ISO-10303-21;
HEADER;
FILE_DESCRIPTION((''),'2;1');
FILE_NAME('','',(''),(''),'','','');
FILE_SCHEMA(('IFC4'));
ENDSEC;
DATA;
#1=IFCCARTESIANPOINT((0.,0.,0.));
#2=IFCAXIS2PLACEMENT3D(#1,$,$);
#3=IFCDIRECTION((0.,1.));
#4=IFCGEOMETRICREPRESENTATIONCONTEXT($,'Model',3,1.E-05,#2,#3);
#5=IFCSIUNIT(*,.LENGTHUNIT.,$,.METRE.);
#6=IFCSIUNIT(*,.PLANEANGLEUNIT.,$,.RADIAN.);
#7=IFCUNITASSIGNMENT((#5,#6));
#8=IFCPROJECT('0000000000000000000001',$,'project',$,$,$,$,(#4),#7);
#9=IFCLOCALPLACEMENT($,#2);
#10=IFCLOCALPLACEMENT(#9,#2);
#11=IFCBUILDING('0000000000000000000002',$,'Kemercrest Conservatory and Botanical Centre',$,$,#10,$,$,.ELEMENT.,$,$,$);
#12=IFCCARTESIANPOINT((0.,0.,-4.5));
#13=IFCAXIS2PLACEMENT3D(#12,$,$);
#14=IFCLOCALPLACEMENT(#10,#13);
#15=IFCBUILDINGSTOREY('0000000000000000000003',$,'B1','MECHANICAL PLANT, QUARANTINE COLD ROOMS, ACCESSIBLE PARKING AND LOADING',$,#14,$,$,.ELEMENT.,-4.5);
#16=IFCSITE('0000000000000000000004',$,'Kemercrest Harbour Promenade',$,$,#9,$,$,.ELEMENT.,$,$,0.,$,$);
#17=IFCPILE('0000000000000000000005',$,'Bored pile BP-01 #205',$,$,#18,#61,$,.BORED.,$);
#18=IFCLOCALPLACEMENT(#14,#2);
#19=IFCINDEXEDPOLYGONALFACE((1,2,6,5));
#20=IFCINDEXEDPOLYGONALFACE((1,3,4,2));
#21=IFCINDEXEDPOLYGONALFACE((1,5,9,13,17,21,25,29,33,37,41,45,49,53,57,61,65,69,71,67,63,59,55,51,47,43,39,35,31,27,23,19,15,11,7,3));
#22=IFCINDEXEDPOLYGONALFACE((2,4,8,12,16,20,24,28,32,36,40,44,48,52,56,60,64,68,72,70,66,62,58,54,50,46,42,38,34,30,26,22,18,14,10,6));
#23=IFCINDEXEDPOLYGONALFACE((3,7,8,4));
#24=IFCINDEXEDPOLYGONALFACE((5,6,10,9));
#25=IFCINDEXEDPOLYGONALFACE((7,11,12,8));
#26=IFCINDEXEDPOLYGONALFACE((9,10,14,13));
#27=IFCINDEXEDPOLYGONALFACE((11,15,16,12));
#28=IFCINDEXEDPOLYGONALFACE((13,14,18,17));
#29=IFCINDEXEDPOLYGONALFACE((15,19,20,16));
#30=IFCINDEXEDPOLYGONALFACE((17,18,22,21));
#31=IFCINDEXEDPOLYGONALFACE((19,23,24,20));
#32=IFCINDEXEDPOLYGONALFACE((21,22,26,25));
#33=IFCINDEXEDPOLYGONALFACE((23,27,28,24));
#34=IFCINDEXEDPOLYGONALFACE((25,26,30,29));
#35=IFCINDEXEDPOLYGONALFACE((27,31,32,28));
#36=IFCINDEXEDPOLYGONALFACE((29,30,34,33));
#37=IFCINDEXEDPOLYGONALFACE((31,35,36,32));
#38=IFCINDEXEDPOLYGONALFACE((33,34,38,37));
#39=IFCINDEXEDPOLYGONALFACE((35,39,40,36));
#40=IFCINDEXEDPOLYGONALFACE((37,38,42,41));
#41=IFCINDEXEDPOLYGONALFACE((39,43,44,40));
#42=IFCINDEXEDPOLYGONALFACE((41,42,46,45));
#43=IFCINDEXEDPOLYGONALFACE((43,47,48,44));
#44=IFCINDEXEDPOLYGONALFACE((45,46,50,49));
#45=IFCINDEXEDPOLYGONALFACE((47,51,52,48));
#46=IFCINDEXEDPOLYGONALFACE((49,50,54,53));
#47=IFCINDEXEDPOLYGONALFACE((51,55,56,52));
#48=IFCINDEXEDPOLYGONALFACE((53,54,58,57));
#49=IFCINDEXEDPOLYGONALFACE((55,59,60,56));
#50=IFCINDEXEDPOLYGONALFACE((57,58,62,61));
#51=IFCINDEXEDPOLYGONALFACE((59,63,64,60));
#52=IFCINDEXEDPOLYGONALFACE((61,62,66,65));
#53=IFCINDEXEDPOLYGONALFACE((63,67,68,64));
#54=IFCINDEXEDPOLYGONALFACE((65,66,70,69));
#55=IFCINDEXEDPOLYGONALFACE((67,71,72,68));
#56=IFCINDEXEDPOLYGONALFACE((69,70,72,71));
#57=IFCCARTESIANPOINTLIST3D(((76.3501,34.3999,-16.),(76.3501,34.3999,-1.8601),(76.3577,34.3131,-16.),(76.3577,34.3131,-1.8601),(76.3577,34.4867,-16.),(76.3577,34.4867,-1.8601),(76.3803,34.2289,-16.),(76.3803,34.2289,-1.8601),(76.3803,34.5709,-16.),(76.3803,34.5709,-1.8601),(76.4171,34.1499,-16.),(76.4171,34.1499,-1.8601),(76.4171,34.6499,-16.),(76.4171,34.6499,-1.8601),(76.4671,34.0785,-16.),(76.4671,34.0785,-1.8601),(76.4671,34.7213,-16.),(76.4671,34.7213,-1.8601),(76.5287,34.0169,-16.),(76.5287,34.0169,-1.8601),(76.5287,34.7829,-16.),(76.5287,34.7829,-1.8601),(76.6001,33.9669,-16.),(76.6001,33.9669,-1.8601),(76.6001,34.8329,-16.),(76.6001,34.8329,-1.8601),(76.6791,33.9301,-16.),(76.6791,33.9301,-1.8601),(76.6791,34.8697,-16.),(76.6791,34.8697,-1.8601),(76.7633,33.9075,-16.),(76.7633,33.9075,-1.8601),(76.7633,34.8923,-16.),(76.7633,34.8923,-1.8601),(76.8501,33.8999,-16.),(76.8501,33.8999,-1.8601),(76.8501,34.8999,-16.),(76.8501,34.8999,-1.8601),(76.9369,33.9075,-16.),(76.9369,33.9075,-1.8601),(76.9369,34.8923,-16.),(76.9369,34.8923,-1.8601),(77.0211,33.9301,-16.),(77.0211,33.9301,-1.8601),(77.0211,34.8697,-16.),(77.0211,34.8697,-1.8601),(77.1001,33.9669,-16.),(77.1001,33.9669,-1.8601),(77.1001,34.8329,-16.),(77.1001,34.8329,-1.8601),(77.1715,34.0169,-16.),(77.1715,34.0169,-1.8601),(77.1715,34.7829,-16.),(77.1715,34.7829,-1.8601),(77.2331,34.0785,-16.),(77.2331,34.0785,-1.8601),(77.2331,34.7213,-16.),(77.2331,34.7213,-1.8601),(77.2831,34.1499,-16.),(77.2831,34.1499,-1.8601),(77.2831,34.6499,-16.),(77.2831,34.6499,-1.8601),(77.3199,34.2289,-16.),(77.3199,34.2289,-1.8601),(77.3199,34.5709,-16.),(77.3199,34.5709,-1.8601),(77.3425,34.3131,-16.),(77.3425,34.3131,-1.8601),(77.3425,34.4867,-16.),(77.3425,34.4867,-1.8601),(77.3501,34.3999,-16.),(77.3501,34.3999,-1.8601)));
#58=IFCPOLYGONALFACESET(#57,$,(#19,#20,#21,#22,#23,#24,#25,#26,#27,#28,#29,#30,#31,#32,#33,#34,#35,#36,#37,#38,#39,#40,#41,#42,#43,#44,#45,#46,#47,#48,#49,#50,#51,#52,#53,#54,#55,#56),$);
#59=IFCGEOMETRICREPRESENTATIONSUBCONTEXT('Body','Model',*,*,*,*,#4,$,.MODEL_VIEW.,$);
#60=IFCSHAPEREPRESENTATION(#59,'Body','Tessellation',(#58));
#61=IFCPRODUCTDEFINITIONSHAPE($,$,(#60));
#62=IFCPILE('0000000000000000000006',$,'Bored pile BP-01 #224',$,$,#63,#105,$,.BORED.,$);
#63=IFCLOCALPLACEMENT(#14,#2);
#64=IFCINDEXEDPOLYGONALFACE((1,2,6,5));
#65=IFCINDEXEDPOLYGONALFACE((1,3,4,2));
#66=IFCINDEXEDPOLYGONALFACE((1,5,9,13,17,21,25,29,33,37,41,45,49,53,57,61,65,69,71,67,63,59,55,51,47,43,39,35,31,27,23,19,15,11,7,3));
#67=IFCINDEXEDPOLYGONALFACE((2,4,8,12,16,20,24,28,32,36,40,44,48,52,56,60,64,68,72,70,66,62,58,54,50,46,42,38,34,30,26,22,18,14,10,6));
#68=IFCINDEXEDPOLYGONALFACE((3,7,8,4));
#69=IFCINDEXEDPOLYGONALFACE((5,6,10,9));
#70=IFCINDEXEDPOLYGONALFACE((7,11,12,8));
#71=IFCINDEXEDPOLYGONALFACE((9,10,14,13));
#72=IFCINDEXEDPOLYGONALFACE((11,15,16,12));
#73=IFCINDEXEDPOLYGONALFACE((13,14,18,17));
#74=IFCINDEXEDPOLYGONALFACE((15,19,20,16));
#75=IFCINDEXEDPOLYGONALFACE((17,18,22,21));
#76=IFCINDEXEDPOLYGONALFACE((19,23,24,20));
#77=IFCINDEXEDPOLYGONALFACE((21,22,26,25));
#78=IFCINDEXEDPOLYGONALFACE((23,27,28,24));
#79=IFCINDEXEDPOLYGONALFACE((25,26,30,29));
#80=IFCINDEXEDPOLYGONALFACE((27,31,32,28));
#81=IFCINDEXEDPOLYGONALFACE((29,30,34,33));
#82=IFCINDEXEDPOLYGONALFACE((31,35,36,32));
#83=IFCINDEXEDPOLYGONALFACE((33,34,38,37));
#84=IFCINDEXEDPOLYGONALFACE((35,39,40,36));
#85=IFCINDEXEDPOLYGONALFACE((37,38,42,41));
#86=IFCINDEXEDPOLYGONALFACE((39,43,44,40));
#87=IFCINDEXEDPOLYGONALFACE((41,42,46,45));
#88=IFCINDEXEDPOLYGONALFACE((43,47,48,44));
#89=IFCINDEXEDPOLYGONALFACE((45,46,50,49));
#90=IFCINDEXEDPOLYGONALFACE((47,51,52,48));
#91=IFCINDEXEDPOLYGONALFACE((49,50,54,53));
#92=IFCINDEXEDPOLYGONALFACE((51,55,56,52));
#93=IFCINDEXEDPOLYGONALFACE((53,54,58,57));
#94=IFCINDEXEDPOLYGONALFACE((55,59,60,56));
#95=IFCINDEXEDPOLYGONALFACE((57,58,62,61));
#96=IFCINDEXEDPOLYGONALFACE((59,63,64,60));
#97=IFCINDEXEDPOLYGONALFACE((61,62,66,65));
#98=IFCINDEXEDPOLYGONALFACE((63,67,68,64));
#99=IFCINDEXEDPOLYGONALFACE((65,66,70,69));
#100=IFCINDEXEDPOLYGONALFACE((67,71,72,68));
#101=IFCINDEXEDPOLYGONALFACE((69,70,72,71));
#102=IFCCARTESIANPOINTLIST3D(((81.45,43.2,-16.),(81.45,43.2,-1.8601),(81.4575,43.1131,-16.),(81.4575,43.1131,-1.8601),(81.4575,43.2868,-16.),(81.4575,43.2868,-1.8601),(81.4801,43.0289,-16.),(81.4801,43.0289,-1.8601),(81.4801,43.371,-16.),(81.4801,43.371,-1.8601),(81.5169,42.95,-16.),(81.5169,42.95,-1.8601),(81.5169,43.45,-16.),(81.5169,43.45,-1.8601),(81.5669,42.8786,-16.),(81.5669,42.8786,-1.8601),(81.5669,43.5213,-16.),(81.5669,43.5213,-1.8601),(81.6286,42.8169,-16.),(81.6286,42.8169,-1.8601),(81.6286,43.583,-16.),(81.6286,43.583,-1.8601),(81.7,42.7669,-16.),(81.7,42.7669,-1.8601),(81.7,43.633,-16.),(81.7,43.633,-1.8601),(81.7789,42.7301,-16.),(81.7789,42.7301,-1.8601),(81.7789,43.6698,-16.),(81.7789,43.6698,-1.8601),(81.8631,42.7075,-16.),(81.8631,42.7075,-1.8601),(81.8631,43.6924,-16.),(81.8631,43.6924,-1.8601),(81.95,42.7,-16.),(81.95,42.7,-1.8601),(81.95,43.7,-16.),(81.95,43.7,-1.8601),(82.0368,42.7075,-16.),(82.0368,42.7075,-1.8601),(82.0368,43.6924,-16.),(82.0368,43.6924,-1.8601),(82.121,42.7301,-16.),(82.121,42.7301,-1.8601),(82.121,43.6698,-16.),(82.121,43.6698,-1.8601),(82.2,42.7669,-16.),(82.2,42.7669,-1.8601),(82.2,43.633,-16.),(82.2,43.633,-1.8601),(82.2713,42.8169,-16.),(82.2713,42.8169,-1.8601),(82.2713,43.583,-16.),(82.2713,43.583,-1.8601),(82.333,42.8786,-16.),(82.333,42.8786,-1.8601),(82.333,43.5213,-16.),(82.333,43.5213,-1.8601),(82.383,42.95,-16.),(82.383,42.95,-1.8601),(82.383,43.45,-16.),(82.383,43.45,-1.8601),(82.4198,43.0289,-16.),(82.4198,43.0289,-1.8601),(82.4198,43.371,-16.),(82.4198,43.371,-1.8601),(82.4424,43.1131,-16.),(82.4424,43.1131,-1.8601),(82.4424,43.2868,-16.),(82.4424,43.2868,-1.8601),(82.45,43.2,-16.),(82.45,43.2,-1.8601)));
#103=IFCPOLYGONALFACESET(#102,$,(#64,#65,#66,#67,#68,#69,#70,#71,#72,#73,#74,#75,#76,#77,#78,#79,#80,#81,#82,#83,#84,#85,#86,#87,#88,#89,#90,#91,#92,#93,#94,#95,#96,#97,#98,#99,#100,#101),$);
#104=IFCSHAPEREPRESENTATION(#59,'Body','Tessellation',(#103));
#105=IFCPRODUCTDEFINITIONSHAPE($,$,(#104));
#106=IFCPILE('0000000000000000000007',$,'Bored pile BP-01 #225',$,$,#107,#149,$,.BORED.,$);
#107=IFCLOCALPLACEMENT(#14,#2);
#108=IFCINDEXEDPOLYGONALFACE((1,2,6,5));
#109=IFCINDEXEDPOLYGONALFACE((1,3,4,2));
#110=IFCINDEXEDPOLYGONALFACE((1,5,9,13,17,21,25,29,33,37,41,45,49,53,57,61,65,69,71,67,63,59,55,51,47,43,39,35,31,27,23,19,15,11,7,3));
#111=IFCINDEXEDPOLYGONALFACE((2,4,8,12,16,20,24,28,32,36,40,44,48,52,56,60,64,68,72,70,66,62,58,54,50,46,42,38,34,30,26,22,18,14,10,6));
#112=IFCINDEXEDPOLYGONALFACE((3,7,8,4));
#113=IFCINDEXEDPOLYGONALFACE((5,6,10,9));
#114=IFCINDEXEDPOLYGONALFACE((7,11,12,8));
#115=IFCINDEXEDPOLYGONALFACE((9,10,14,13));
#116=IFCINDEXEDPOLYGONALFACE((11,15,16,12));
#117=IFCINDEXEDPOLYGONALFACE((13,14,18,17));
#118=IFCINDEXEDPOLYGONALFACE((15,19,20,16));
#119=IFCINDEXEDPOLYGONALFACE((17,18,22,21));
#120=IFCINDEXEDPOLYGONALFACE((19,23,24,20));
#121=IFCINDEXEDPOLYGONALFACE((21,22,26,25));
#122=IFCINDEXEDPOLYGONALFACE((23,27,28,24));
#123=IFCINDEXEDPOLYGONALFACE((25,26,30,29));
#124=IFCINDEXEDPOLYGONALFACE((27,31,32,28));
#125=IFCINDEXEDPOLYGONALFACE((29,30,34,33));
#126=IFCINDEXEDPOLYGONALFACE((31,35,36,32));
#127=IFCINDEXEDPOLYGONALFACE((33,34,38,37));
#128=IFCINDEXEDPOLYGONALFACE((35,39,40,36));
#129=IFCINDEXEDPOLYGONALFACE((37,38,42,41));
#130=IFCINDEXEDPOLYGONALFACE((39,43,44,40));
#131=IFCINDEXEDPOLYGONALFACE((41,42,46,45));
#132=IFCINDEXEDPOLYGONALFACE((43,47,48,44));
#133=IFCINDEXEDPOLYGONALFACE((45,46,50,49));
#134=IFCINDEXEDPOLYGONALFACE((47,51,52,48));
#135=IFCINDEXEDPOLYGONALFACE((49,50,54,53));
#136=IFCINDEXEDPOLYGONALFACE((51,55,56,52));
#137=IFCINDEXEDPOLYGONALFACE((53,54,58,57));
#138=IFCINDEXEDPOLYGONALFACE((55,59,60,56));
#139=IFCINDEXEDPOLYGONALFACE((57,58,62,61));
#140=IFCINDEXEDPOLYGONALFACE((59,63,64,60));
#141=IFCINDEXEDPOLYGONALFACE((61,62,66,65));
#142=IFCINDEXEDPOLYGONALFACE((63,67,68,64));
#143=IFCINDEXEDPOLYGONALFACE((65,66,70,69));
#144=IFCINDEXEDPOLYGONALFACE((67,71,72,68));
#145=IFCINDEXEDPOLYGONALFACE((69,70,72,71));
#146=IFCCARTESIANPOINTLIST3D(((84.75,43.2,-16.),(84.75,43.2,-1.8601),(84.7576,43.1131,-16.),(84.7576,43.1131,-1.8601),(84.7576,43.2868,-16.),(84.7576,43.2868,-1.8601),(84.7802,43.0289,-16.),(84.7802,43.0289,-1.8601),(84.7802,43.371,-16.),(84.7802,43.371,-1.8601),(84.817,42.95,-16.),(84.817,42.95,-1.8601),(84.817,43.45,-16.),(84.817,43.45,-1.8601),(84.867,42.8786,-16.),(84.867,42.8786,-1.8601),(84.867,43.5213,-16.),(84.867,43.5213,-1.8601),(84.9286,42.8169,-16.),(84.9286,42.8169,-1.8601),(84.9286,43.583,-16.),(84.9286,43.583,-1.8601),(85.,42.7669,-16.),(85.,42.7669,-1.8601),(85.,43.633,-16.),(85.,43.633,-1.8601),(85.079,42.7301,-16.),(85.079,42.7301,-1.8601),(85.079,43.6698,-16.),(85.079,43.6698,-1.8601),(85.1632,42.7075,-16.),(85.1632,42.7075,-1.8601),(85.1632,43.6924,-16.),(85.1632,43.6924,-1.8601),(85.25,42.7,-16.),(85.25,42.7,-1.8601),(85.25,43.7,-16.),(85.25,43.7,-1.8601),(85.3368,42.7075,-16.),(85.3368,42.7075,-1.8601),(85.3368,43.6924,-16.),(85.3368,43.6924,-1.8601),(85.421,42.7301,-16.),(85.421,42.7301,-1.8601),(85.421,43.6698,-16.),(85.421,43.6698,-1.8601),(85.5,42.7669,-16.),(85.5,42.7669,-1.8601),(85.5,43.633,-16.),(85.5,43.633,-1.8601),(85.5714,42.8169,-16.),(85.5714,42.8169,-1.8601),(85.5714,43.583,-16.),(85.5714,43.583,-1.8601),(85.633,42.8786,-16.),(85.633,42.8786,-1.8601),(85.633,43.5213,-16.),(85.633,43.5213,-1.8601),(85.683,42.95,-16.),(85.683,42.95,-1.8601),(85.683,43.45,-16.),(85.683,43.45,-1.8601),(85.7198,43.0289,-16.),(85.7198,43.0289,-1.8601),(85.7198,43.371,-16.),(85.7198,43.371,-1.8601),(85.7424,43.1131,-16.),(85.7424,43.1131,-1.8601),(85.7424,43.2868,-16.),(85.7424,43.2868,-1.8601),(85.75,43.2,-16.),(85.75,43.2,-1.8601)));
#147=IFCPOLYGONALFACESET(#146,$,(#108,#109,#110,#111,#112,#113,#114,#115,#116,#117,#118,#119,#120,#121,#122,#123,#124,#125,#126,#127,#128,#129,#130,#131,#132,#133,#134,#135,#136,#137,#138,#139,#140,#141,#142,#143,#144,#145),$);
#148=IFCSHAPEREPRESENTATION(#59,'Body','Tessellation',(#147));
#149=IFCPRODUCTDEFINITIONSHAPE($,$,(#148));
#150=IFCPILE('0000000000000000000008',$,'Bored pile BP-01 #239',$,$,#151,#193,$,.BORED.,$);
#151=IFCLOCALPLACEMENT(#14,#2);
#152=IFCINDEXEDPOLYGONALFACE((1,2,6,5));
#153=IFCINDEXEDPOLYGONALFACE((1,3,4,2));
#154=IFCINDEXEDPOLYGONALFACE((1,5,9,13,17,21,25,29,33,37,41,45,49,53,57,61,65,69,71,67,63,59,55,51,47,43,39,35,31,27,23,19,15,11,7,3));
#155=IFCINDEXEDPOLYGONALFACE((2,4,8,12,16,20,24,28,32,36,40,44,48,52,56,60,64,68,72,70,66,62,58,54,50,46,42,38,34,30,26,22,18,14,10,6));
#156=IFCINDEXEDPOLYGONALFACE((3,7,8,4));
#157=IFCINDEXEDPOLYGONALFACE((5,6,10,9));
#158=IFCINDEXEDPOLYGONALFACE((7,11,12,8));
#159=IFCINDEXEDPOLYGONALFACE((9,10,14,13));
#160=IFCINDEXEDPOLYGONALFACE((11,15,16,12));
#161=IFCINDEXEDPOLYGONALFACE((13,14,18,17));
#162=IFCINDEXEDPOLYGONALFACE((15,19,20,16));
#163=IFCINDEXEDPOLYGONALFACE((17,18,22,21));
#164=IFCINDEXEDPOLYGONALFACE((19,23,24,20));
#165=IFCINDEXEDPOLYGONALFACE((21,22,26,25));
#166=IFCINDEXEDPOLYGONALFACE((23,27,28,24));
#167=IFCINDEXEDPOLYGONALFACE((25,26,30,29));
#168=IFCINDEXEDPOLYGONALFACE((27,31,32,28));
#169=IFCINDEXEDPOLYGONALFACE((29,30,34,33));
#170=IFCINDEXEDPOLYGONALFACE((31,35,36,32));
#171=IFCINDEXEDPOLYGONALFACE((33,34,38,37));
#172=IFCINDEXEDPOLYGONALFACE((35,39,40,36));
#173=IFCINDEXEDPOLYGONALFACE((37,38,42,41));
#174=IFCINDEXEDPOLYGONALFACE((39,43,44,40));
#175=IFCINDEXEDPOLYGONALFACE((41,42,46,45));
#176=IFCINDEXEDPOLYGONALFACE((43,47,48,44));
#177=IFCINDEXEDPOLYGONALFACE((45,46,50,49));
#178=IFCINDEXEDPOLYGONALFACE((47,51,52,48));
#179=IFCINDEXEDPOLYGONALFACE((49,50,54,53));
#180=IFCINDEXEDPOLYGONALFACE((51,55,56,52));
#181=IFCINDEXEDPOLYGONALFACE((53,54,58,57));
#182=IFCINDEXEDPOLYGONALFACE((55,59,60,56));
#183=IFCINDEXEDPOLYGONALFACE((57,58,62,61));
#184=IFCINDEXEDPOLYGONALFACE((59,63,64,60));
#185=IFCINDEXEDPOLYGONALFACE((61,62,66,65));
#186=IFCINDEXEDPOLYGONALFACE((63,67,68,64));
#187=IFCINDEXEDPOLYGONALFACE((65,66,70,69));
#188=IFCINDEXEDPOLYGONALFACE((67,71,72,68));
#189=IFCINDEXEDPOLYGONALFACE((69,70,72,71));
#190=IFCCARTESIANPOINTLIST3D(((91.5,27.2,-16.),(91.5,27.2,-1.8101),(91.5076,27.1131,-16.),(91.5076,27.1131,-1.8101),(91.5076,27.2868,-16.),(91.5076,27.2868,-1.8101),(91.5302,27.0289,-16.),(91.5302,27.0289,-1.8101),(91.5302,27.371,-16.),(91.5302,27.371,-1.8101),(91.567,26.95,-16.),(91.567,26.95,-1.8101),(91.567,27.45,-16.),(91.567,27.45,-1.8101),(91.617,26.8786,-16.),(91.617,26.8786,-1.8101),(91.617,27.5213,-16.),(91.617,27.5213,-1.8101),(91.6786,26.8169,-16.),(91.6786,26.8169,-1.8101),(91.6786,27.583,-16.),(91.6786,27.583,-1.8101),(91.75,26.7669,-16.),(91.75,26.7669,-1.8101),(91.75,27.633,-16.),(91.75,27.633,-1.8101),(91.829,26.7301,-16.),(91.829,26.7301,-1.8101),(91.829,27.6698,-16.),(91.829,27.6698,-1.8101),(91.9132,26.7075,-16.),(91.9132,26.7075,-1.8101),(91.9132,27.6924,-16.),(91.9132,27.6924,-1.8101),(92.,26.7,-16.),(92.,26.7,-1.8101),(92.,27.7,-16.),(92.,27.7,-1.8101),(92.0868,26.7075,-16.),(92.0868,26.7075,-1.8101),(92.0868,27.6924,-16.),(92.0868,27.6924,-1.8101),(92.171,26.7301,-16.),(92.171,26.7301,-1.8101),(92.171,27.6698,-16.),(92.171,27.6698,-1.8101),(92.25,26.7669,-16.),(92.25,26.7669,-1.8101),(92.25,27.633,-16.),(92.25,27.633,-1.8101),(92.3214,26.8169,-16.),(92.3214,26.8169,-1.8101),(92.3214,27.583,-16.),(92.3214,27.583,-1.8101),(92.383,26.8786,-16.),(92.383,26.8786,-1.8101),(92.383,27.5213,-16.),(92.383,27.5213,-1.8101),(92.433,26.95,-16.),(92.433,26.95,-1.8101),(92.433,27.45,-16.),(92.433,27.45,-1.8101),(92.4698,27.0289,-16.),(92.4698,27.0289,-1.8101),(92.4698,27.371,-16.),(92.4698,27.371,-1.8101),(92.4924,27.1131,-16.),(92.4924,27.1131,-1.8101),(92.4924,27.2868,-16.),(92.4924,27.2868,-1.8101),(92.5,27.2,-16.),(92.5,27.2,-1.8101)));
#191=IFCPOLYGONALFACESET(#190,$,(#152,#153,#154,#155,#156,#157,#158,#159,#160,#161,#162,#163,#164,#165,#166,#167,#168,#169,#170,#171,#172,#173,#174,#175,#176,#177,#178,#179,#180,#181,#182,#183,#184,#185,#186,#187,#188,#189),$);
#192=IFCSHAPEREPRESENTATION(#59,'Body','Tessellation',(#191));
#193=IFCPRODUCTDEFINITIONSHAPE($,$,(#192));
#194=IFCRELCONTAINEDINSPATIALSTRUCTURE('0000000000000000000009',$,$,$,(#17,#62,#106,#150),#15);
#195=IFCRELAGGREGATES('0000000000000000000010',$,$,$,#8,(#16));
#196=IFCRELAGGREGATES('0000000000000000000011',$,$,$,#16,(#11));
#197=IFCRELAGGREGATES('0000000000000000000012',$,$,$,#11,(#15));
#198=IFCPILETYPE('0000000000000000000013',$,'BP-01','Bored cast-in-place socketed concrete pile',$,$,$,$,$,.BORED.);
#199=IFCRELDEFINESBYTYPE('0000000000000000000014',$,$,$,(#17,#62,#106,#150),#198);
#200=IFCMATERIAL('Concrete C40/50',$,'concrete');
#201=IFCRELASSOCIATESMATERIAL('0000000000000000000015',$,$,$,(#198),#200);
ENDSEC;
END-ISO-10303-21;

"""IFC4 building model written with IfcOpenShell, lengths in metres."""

from ifc_helpers import new_model, si_unit, direction, frame, origin, origin_2d, place, context, subcontext, project, spatial, circle, extrude, material, material_profile, profile_set, type_object, element, save


model = new_model("IFC4")

# Units and contexts
model_context = context("Model", 3, precision=1e-05, world=origin(), true_north=direction((0.0, 1.0)))
body_context = subcontext(model_context, "Body", "Model", "MODEL_VIEW")
ifc_project = project(units=[si_unit("LENGTHUNIT", "METRE"), si_unit("PLANEANGLEUNIT", "RADIAN")], contexts=[model_context])

# Site, building, storey
site_placement = place(None, origin())
site = spatial("IfcSite", under=ifc_project, at=site_placement, Name="Kemercrest Harbour Promenade", CompositionType="ELEMENT", RefElevation=0.0)
building_placement = place(site_placement, origin())
building = spatial("IfcBuilding", under=site, at=building_placement, Name="Kemercrest Conservatory and Botanical Centre", CompositionType="ELEMENT")
storey_placement = place(building_placement, frame((0.0, 0.0, -4.5)))
storey = spatial("IfcBuildingStorey", under=building, at=storey_placement, Name="B1", Description="MECHANICAL PLANT, QUARANTINE COLD ROOMS, ACCESSIBLE PARKING AND LOADING", CompositionType="ELEMENT", Elevation=-4.5)

# Piles
ifc_material_1 = material(Name="Concrete C40/50", Category="concrete")
ifc_material_profile_1 = material_profile(ifc_material_1, circle(Radius=0.5, at=origin_2d()), Name="BORED PILE 1000")
ifc_profile_set_1 = profile_set([ifc_material_profile_1], Name="Concrete C40/50")
pile_type_1 = type_object("IfcPileType", Name="BP-01", Description="Bored cast-in-place socketed concrete pile", PredefinedType="BORED", material=ifc_profile_set_1)
for number, where, z_axis, x_axis, name in (
    (1, (76.8501, 34.3999, -1.8601), (0.0, 0.0, -1.0), (1.0, 0.0, 0.0), "Bored pile BP-01 #205"),
    (2, (81.95, 43.2, -1.8601), (0.0, 0.0, -1.0), (1.0, 0.0, 0.0), "Bored pile BP-01 #224"),
    (3, (85.25, 43.2, -1.8601), (0.0, 0.0, -1.0), (1.0, 0.0, 0.0), "Bored pile BP-01 #225"),
):
    element("IfcPile", number, at=place(storey_placement, frame(where, z_axis=z_axis, x_axis=x_axis)), inside=storey, type_object=pile_type_1, Name=name, PredefinedType="BORED", context=body_context, shape_type="SweptSolid", body=[
        extrude(circle(Radius=0.5, at=origin_2d()), origin(), (0.0, 0.0, 1.0), 14.1399),
    ])
pile_placement = place(storey_placement, frame((92.0, 27.2, -1.8101), z_axis=(0.0, 0.0, -1.0), x_axis=(1.0, 0.0, 0.0)))
element("IfcPile", 4, at=pile_placement, inside=storey, type_object=pile_type_1, Name="Bored pile BP-01 #239", PredefinedType="BORED", context=body_context, shape_type="SweptSolid", body=[
    extrude(circle(Radius=0.5, at=origin_2d()), origin(), (0.0, 0.0, 1.0), 14.1899),
])

save(model, "model.ifc")
